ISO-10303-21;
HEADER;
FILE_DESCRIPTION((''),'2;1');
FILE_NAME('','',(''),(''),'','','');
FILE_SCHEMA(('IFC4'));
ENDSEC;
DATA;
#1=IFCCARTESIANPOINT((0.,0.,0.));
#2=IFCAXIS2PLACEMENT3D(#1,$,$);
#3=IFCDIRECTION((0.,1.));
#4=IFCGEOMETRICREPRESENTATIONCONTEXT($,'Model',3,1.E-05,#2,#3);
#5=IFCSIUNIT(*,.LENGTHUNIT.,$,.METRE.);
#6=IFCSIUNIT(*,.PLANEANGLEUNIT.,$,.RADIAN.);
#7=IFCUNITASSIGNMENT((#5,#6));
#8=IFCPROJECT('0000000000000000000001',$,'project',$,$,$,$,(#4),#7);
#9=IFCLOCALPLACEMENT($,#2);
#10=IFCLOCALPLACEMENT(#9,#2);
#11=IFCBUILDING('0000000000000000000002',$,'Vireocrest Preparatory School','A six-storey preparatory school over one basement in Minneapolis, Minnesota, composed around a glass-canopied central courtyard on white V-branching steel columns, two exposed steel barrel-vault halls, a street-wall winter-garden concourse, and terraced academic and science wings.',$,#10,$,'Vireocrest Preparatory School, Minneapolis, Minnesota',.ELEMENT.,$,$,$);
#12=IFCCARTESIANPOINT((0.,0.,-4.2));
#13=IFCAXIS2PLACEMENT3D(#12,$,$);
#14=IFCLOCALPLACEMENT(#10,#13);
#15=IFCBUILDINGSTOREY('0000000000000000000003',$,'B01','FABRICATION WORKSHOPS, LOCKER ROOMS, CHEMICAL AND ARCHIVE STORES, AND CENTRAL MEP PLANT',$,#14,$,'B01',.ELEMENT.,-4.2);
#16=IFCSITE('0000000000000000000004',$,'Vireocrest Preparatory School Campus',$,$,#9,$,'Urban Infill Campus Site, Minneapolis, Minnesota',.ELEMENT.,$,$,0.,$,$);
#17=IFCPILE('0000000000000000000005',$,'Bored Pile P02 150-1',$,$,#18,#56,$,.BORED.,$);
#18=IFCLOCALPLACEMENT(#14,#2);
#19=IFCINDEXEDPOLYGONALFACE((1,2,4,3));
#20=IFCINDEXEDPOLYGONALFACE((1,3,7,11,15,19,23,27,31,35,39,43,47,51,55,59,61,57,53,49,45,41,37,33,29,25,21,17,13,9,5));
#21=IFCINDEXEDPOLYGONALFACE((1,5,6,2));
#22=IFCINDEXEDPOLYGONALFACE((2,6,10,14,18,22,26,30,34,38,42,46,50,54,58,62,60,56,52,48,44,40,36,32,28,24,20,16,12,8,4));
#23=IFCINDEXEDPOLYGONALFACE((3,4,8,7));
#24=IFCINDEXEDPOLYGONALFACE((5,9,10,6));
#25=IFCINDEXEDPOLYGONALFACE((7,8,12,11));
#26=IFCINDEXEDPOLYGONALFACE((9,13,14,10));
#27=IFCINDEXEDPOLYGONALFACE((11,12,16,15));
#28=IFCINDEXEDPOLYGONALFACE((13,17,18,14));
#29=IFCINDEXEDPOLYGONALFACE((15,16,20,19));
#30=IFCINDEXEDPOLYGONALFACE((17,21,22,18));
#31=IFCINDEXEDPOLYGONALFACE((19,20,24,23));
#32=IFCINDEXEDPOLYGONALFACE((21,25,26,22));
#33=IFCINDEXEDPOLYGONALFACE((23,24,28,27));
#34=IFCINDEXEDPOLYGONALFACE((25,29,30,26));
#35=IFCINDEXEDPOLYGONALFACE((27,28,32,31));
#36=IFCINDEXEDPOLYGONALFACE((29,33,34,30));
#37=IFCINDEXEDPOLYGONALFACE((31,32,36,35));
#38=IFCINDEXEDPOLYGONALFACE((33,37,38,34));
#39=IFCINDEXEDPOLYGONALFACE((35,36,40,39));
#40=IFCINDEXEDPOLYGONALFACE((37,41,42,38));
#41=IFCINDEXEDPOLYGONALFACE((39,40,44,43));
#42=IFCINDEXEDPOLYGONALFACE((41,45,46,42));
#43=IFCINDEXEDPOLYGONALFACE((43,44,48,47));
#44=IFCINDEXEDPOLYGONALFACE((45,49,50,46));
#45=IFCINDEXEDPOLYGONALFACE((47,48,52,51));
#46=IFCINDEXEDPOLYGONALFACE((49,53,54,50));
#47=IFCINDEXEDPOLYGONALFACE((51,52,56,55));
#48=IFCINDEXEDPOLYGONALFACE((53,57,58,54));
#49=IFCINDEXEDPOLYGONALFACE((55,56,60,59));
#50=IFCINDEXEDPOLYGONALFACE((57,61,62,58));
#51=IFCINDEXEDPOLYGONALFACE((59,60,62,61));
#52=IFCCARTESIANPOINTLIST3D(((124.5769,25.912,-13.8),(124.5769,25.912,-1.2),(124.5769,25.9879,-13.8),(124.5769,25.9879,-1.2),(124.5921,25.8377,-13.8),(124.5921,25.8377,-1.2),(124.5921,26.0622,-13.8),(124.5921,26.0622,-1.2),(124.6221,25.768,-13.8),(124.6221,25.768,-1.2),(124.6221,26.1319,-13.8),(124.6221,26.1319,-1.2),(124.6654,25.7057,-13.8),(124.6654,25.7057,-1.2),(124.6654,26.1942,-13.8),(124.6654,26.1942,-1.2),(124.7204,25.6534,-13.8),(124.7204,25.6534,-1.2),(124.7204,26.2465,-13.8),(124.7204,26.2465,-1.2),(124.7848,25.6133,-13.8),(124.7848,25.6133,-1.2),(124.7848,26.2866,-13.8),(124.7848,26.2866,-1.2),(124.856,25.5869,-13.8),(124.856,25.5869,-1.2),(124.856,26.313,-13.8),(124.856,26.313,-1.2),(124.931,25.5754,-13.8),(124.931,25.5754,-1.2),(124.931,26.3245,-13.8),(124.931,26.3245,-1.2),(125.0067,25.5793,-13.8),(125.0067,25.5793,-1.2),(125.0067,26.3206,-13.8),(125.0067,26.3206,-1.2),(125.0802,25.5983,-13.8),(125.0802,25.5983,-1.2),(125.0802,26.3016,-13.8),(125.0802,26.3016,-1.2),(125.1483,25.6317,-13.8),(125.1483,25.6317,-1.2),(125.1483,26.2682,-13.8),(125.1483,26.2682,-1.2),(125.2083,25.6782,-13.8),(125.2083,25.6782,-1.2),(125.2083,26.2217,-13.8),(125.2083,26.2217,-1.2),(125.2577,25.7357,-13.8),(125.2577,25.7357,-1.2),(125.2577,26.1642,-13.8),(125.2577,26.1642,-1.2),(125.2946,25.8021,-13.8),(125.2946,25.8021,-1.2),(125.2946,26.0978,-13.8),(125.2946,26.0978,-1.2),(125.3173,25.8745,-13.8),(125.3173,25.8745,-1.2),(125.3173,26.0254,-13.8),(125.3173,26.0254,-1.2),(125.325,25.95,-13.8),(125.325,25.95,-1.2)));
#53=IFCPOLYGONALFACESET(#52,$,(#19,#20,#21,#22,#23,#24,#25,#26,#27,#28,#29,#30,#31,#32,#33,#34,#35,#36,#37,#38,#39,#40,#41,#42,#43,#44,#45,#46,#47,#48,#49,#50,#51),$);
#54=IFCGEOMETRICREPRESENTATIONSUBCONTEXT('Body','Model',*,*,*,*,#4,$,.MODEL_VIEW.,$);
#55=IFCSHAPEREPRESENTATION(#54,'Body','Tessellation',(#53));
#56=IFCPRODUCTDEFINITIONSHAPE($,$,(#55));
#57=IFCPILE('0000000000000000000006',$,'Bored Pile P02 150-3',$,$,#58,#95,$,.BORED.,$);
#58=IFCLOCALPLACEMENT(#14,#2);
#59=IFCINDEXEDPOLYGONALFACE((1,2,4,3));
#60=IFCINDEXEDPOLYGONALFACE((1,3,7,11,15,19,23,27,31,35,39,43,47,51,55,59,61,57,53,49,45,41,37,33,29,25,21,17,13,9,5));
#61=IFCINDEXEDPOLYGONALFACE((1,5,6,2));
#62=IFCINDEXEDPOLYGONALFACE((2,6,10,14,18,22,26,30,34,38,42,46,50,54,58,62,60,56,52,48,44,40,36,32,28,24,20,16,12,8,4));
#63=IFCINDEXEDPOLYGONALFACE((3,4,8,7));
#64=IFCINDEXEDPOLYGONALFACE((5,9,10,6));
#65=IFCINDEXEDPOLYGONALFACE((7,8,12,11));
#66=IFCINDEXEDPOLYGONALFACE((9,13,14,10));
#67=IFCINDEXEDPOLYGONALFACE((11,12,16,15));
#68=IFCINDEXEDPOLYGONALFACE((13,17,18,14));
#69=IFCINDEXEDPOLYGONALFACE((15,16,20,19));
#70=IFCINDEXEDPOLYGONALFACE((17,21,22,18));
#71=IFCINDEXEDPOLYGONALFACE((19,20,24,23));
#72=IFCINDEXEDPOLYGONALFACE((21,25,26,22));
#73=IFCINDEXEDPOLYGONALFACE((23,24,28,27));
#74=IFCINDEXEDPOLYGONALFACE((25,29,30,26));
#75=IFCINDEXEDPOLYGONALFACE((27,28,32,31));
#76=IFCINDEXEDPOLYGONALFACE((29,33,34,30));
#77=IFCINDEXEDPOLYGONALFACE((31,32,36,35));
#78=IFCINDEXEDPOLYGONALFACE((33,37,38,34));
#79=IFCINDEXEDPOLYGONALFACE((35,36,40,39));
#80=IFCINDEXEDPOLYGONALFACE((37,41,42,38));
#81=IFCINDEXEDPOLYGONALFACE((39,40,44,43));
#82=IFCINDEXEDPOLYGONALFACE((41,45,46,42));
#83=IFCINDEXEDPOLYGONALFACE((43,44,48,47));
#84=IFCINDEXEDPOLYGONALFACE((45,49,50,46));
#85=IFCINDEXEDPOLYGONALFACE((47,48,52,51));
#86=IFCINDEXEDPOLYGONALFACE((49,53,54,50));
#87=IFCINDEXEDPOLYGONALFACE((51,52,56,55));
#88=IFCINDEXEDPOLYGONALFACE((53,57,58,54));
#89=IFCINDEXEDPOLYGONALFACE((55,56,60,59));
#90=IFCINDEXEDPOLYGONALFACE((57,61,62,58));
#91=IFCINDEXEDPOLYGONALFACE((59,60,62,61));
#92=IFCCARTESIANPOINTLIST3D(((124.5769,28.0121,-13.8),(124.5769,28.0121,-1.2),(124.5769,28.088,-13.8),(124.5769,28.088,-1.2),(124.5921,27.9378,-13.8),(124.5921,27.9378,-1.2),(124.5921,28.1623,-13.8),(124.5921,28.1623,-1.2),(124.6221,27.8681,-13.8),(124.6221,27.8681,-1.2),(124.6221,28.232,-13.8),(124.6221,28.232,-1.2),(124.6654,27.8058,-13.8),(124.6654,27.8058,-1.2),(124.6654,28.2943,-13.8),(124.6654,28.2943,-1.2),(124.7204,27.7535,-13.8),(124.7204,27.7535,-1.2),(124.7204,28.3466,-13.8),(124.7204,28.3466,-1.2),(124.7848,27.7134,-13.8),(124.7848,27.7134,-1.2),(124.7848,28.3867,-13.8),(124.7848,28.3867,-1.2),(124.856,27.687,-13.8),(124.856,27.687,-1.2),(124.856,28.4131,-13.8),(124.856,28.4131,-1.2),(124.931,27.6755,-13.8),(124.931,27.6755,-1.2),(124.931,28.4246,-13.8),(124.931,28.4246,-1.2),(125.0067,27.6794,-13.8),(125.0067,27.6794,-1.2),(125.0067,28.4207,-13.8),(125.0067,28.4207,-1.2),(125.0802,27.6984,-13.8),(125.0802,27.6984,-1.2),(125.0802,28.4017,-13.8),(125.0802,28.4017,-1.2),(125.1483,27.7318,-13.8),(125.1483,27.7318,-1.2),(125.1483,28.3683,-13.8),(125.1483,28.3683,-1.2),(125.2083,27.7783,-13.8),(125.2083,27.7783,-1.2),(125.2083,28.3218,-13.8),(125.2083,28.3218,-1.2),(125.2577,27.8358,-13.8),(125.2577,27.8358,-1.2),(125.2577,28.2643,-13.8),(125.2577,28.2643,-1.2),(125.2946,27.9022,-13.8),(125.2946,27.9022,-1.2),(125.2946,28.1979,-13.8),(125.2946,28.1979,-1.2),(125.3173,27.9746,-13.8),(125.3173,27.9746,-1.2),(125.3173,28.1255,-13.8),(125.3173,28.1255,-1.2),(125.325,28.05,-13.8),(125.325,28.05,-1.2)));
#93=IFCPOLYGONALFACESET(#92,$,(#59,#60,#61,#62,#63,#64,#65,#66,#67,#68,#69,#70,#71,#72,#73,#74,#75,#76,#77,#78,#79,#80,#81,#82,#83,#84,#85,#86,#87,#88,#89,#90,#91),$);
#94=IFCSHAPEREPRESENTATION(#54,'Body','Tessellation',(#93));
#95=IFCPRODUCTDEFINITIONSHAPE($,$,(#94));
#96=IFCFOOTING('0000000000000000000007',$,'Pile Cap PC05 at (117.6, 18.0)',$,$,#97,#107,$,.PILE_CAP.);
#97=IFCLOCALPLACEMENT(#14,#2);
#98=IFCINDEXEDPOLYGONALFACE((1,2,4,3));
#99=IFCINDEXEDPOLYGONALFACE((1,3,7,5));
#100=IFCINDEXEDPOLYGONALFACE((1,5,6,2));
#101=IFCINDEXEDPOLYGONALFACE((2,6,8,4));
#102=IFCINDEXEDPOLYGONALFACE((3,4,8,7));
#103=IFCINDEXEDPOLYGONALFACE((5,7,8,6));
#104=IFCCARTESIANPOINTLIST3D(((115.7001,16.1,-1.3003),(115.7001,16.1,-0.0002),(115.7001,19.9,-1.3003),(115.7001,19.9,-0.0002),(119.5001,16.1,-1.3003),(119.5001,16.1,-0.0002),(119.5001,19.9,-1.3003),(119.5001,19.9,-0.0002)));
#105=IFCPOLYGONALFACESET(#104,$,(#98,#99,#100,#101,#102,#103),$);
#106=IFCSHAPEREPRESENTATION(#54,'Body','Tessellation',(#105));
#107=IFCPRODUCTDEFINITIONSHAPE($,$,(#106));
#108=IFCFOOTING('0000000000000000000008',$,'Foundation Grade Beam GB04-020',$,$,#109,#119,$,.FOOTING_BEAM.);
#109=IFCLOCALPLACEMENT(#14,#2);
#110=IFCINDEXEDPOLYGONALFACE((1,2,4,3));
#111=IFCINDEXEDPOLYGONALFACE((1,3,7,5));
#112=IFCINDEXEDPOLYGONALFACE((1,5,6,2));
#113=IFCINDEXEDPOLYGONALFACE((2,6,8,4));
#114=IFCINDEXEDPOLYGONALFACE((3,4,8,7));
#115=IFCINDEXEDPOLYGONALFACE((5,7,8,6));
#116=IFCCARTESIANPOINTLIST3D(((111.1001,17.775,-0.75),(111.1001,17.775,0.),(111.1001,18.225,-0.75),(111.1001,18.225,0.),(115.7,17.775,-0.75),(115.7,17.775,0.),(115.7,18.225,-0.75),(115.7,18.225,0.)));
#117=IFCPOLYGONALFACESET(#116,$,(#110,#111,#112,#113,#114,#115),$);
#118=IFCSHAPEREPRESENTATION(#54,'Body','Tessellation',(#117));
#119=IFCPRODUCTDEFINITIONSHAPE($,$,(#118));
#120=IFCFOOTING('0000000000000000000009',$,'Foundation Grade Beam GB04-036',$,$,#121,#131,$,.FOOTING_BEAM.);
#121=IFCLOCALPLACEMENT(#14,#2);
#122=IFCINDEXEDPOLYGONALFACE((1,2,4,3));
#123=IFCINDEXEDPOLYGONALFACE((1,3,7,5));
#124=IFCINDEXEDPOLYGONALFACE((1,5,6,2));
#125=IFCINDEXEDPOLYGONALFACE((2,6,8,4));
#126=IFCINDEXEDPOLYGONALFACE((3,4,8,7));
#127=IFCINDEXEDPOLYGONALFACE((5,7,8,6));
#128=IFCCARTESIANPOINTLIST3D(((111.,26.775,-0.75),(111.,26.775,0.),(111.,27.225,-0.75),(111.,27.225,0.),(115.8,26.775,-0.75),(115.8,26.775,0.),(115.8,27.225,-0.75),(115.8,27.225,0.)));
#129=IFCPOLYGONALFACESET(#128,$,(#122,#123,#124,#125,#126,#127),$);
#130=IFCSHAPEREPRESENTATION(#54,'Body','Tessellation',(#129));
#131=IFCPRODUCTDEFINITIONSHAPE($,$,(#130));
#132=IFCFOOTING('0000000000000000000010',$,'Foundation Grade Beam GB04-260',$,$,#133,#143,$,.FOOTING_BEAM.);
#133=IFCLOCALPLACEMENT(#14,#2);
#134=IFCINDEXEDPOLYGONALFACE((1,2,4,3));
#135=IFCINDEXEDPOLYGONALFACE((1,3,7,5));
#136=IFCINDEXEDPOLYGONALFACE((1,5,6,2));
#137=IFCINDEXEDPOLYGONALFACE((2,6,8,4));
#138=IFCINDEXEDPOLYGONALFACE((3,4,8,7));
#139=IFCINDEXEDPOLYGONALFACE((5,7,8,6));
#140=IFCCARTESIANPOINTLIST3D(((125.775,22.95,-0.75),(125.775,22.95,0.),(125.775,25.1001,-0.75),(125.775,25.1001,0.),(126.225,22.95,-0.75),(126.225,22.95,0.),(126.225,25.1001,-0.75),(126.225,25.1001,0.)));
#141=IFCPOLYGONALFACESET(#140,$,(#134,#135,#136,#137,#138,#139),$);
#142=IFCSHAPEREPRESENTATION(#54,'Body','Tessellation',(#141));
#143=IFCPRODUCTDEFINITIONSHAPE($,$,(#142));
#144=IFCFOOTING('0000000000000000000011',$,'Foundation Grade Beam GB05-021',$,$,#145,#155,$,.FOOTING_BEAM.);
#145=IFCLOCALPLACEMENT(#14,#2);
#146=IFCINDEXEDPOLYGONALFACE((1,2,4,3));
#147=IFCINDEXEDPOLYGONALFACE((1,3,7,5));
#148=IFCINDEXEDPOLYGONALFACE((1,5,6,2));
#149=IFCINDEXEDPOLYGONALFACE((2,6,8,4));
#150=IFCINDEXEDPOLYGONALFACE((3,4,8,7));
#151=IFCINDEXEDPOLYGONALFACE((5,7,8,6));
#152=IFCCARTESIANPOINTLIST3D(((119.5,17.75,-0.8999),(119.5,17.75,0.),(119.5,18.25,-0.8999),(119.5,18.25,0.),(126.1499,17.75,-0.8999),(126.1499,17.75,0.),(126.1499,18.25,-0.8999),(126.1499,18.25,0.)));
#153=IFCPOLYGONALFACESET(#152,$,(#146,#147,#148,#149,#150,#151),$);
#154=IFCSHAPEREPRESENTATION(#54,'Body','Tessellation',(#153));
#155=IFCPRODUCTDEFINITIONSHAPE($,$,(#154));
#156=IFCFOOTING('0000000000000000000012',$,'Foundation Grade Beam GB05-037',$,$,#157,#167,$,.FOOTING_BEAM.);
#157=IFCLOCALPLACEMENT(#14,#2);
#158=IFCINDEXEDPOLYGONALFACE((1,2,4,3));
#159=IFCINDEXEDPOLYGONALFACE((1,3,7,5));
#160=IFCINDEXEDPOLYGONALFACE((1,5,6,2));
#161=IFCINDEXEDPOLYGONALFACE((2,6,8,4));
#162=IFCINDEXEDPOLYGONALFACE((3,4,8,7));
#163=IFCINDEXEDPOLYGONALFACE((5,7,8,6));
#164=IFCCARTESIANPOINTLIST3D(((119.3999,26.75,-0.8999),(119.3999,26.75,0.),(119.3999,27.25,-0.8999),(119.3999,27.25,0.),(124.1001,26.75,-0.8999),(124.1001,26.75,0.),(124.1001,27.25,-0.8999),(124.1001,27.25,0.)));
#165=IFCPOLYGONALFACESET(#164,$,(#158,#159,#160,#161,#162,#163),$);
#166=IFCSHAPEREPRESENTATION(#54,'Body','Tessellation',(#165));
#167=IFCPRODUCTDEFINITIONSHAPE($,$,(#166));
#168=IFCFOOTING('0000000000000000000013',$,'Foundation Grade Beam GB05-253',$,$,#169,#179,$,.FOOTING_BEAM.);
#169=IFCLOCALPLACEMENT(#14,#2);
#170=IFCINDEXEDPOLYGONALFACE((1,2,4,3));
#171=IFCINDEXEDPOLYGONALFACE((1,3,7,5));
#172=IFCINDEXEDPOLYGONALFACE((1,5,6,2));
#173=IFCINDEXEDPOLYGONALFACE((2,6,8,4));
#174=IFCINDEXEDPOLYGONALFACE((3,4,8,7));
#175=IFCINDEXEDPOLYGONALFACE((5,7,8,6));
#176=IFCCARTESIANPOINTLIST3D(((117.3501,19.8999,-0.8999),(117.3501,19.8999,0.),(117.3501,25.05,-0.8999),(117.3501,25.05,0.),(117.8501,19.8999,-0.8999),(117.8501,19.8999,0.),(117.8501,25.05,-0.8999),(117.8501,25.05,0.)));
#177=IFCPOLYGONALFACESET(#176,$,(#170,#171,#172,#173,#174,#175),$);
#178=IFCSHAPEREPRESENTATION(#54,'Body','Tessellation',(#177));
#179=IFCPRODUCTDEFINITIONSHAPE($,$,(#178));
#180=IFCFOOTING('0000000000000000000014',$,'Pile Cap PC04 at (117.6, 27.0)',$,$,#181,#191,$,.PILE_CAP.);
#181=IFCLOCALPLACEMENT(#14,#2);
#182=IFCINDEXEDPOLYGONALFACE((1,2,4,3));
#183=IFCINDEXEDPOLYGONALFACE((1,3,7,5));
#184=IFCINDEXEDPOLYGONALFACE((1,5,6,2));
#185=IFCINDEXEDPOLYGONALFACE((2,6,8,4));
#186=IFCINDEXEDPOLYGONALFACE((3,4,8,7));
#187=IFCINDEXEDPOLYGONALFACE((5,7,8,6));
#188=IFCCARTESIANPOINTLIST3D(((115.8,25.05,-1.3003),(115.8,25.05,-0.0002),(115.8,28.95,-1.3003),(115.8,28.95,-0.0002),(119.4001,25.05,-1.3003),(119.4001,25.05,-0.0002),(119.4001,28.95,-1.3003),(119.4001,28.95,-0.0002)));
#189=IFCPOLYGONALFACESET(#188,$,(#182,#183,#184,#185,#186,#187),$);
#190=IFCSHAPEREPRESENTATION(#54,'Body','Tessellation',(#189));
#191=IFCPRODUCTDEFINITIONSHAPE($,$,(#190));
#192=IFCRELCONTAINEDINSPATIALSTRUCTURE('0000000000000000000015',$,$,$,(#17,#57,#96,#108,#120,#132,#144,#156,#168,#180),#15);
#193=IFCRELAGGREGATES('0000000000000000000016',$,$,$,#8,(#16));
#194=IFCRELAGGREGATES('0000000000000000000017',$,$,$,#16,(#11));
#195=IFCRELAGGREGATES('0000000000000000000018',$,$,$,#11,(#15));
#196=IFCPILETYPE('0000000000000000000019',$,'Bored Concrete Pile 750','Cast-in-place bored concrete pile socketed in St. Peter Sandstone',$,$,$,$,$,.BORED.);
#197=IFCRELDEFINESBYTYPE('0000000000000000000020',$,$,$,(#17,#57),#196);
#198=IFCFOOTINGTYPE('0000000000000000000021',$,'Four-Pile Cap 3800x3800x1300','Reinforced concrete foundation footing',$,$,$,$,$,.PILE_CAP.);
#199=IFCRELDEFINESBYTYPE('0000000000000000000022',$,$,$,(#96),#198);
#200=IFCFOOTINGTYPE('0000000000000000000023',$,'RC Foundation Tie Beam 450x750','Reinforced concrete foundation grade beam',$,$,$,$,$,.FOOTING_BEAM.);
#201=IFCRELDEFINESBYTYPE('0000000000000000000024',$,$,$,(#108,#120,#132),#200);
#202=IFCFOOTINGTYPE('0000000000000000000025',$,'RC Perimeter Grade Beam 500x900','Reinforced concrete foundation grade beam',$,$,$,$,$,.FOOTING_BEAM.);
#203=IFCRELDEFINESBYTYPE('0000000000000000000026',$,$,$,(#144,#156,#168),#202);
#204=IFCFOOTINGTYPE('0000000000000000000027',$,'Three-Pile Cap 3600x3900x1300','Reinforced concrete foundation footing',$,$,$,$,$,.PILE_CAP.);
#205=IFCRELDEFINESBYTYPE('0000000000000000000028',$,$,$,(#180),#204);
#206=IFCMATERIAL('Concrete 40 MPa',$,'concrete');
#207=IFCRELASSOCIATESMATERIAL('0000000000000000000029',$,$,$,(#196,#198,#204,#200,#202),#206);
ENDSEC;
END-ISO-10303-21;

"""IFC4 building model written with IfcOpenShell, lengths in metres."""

from ifc_helpers import new_model, si_unit, direction, frame, origin, origin_2d, place, context, subcontext, project, spatial, rectangle, circle, extrude, material, material_profile, profile_set, type_object, element, save


model = new_model("IFC4")

# Units and contexts
model_context = context("Model", 3, precision=1e-05, world=origin(), true_north=direction((0.0, 1.0)))
body_context = subcontext(model_context, "Body", "Model", "MODEL_VIEW")
ifc_project = project(units=[si_unit("LENGTHUNIT", "METRE"), si_unit("PLANEANGLEUNIT", "RADIAN")], contexts=[model_context])

# Site, building, storey
site_placement = place(None, origin())
site = spatial("IfcSite", under=ifc_project, at=site_placement, Name="Vireocrest Preparatory School Campus", LongName="Urban Infill Campus Site, Minneapolis, Minnesota", CompositionType="ELEMENT", RefElevation=0.0)
building_placement = place(site_placement, origin())
building = spatial("IfcBuilding", under=site, at=building_placement, Name="Vireocrest Preparatory School", Description="A six-storey preparatory school over one basement in Minneapolis, Minnesota, composed around a glass-canopied central courtyard on white V-branching steel columns, two exposed steel barrel-vault halls, a street-wall winter-garden concourse, and terraced academic and science wings.", LongName="Vireocrest Preparatory School, Minneapolis, Minnesota", CompositionType="ELEMENT")
storey_placement = place(building_placement, frame((0.0, 0.0, -4.2)))
storey = spatial("IfcBuildingStorey", under=building, at=storey_placement, Name="B01", Description="FABRICATION WORKSHOPS, LOCKER ROOMS, CHEMICAL AND ARCHIVE STORES, AND CENTRAL MEP PLANT", LongName="B01", CompositionType="ELEMENT", Elevation=-4.2)

# Piles
ifc_material_1 = material(Name="Concrete 40 MPa", Category="concrete")
ifc_material_profile_1 = material_profile(ifc_material_1, circle(Radius=0.375, at=origin_2d()), Name="BORED PILE 750")
ifc_profile_set_1 = profile_set([ifc_material_profile_1], Name="Concrete 40 MPa")
pile_type = type_object("IfcPileType", Name="Bored Concrete Pile 750", Description="Cast-in-place bored concrete pile socketed in St. Peter Sandstone", PredefinedType="BORED", material=ifc_profile_set_1)
for number, where, z_axis, x_axis, name in (
    (1, (124.95, 25.95, -1.2), (0.0, 0.0, -1.0), (1.0, 0.0, 0.0), "Bored Pile P02 150-1"),
    (2, (124.95, 28.05, -1.2), (0.0, 0.0, -1.0), (1.0, 0.0, 0.0), "Bored Pile P02 150-3"),
):
    element("IfcPile", number, at=place(storey_placement, frame(where, z_axis=z_axis, x_axis=x_axis)), inside=storey, type_object=pile_type, Name=name, PredefinedType="BORED", context=body_context, shape_type="SweptSolid", body=[
        extrude(circle(Radius=0.375, at=origin_2d()), origin(), (0.0, 0.0, 1.0), 12.6001),
    ])

# Footings
footing_type_1 = type_object("IfcFootingType", Name="Four-Pile Cap 3800x3800x1300", Description="Reinforced concrete foundation footing", PredefinedType="PILE_CAP", material=ifc_material_1)
footing_1_placement = place(storey_placement, frame((117.6001, 18.0, -1.3003), z_axis=(0.0, 0.0, 1.0), x_axis=(1.0, 0.0, 0.0)))
element("IfcFooting", 3, at=footing_1_placement, inside=storey, type_object=footing_type_1, Name="Pile Cap PC05 at (117.6, 18.0)", PredefinedType="PILE_CAP", context=body_context, shape_type="SweptSolid", body=[
    extrude(rectangle(XDim=3.8, YDim=3.8, at=origin_2d()), origin(), (0.0, 0.0, 1.0), 1.3),
])
ifc_material_profile_2 = material_profile(ifc_material_1, rectangle(XDim=0.45, YDim=0.75, at=origin_2d()), Name="GB 450x750")
ifc_profile_set_2 = profile_set([ifc_material_profile_2], Name="Concrete 40 MPa")
footing_type_2 = type_object("IfcFootingType", Name="RC Foundation Tie Beam 450x750", Description="Reinforced concrete foundation grade beam", PredefinedType="FOOTING_BEAM", material=ifc_profile_set_2)
footing_2_placement = place(storey_placement, frame((111.1001, 18.0, -0.375), z_axis=(1.0, 0.0, 0.0), x_axis=(0.0, 1.0, 0.0)))
element("IfcFooting", 4, at=footing_2_placement, inside=storey, type_object=footing_type_2, Name="Foundation Grade Beam GB04-020", PredefinedType="FOOTING_BEAM", context=body_context, shape_type="SweptSolid", body=[
    extrude(rectangle(XDim=0.45, YDim=0.75, at=origin_2d()), origin(), (0.0, 0.0, 1.0), 4.5999),
])
footing_3_placement = place(storey_placement, frame((111.0, 27.0, -0.375), z_axis=(1.0, 0.0, 0.0), x_axis=(0.0, 1.0, 0.0)))
element("IfcFooting", 5, at=footing_3_placement, inside=storey, type_object=footing_type_2, Name="Foundation Grade Beam GB04-036", PredefinedType="FOOTING_BEAM", context=body_context, shape_type="SweptSolid", body=[
    extrude(rectangle(XDim=0.45, YDim=0.75, at=origin_2d()), origin(), (0.0, 0.0, 1.0), 4.8),
])
footing_4_placement = place(storey_placement, frame((126.0, 22.95, -0.375), z_axis=(0.0, 1.0, 0.0), x_axis=(-1.0, 0.0, 0.0)))
element("IfcFooting", 6, at=footing_4_placement, inside=storey, type_object=footing_type_2, Name="Foundation Grade Beam GB04-260", PredefinedType="FOOTING_BEAM", context=body_context, shape_type="SweptSolid", body=[
    extrude(rectangle(XDim=0.45, YDim=0.75, at=origin_2d()), origin(), (0.0, 0.0, 1.0), 2.1501),
])
ifc_material_profile_3 = material_profile(ifc_material_1, rectangle(XDim=0.5, YDim=0.8999, at=origin_2d()), Name="GB 500x900")
ifc_profile_set_3 = profile_set([ifc_material_profile_3], Name="Concrete 40 MPa")
footing_type_3 = type_object("IfcFootingType", Name="RC Perimeter Grade Beam 500x900", Description="Reinforced concrete foundation grade beam", PredefinedType="FOOTING_BEAM", material=ifc_profile_set_3)
footing_5_placement = place(storey_placement, frame((119.5, 18.0, -0.45), z_axis=(1.0, 0.0, 0.0), x_axis=(0.0, 1.0, 0.0)))
element("IfcFooting", 7, at=footing_5_placement, inside=storey, type_object=footing_type_3, Name="Foundation Grade Beam GB05-021", PredefinedType="FOOTING_BEAM", context=body_context, shape_type="SweptSolid", body=[
    extrude(rectangle(XDim=0.5, YDim=0.8999, at=origin_2d()), origin(), (0.0, 0.0, 1.0), 6.6499),
])
footing_6_placement = place(storey_placement, frame((119.3999, 27.0, -0.45), z_axis=(1.0, 0.0, 0.0), x_axis=(0.0, 1.0, 0.0)))
element("IfcFooting", 8, at=footing_6_placement, inside=storey, type_object=footing_type_3, Name="Foundation Grade Beam GB05-037", PredefinedType="FOOTING_BEAM", context=body_context, shape_type="SweptSolid", body=[
    extrude(rectangle(XDim=0.5, YDim=0.8999, at=origin_2d()), origin(), (0.0, 0.0, 1.0), 4.7002),
])
footing_7_placement = place(storey_placement, frame((117.6001, 19.8999, -0.45), z_axis=(0.0, 1.0, 0.0), x_axis=(-1.0, 0.0, 0.0)))
element("IfcFooting", 9, at=footing_7_placement, inside=storey, type_object=footing_type_3, Name="Foundation Grade Beam GB05-253", PredefinedType="FOOTING_BEAM", context=body_context, shape_type="SweptSolid", body=[
    extrude(rectangle(XDim=0.5, YDim=0.8999, at=origin_2d()), origin(), (0.0, 0.0, 1.0), 5.1501),
])
footing_type_4 = type_object("IfcFootingType", Name="Three-Pile Cap 3600x3900x1300", Description="Reinforced concrete foundation footing", PredefinedType="PILE_CAP", material=ifc_material_1)
footing_8_placement = place(storey_placement, frame((117.6001, 27.0, -1.3003), z_axis=(0.0, 0.0, 1.0), x_axis=(1.0, 0.0, 0.0)))
element("IfcFooting", 10, at=footing_8_placement, inside=storey, type_object=footing_type_4, Name="Pile Cap PC04 at (117.6, 27.0)", PredefinedType="PILE_CAP", context=body_context, shape_type="SweptSolid", body=[
    extrude(rectangle(XDim=3.6001, YDim=3.8999, at=origin_2d()), origin(), (0.0, 0.0, 1.0), 1.3),
])

save(model, "model.ifc")
